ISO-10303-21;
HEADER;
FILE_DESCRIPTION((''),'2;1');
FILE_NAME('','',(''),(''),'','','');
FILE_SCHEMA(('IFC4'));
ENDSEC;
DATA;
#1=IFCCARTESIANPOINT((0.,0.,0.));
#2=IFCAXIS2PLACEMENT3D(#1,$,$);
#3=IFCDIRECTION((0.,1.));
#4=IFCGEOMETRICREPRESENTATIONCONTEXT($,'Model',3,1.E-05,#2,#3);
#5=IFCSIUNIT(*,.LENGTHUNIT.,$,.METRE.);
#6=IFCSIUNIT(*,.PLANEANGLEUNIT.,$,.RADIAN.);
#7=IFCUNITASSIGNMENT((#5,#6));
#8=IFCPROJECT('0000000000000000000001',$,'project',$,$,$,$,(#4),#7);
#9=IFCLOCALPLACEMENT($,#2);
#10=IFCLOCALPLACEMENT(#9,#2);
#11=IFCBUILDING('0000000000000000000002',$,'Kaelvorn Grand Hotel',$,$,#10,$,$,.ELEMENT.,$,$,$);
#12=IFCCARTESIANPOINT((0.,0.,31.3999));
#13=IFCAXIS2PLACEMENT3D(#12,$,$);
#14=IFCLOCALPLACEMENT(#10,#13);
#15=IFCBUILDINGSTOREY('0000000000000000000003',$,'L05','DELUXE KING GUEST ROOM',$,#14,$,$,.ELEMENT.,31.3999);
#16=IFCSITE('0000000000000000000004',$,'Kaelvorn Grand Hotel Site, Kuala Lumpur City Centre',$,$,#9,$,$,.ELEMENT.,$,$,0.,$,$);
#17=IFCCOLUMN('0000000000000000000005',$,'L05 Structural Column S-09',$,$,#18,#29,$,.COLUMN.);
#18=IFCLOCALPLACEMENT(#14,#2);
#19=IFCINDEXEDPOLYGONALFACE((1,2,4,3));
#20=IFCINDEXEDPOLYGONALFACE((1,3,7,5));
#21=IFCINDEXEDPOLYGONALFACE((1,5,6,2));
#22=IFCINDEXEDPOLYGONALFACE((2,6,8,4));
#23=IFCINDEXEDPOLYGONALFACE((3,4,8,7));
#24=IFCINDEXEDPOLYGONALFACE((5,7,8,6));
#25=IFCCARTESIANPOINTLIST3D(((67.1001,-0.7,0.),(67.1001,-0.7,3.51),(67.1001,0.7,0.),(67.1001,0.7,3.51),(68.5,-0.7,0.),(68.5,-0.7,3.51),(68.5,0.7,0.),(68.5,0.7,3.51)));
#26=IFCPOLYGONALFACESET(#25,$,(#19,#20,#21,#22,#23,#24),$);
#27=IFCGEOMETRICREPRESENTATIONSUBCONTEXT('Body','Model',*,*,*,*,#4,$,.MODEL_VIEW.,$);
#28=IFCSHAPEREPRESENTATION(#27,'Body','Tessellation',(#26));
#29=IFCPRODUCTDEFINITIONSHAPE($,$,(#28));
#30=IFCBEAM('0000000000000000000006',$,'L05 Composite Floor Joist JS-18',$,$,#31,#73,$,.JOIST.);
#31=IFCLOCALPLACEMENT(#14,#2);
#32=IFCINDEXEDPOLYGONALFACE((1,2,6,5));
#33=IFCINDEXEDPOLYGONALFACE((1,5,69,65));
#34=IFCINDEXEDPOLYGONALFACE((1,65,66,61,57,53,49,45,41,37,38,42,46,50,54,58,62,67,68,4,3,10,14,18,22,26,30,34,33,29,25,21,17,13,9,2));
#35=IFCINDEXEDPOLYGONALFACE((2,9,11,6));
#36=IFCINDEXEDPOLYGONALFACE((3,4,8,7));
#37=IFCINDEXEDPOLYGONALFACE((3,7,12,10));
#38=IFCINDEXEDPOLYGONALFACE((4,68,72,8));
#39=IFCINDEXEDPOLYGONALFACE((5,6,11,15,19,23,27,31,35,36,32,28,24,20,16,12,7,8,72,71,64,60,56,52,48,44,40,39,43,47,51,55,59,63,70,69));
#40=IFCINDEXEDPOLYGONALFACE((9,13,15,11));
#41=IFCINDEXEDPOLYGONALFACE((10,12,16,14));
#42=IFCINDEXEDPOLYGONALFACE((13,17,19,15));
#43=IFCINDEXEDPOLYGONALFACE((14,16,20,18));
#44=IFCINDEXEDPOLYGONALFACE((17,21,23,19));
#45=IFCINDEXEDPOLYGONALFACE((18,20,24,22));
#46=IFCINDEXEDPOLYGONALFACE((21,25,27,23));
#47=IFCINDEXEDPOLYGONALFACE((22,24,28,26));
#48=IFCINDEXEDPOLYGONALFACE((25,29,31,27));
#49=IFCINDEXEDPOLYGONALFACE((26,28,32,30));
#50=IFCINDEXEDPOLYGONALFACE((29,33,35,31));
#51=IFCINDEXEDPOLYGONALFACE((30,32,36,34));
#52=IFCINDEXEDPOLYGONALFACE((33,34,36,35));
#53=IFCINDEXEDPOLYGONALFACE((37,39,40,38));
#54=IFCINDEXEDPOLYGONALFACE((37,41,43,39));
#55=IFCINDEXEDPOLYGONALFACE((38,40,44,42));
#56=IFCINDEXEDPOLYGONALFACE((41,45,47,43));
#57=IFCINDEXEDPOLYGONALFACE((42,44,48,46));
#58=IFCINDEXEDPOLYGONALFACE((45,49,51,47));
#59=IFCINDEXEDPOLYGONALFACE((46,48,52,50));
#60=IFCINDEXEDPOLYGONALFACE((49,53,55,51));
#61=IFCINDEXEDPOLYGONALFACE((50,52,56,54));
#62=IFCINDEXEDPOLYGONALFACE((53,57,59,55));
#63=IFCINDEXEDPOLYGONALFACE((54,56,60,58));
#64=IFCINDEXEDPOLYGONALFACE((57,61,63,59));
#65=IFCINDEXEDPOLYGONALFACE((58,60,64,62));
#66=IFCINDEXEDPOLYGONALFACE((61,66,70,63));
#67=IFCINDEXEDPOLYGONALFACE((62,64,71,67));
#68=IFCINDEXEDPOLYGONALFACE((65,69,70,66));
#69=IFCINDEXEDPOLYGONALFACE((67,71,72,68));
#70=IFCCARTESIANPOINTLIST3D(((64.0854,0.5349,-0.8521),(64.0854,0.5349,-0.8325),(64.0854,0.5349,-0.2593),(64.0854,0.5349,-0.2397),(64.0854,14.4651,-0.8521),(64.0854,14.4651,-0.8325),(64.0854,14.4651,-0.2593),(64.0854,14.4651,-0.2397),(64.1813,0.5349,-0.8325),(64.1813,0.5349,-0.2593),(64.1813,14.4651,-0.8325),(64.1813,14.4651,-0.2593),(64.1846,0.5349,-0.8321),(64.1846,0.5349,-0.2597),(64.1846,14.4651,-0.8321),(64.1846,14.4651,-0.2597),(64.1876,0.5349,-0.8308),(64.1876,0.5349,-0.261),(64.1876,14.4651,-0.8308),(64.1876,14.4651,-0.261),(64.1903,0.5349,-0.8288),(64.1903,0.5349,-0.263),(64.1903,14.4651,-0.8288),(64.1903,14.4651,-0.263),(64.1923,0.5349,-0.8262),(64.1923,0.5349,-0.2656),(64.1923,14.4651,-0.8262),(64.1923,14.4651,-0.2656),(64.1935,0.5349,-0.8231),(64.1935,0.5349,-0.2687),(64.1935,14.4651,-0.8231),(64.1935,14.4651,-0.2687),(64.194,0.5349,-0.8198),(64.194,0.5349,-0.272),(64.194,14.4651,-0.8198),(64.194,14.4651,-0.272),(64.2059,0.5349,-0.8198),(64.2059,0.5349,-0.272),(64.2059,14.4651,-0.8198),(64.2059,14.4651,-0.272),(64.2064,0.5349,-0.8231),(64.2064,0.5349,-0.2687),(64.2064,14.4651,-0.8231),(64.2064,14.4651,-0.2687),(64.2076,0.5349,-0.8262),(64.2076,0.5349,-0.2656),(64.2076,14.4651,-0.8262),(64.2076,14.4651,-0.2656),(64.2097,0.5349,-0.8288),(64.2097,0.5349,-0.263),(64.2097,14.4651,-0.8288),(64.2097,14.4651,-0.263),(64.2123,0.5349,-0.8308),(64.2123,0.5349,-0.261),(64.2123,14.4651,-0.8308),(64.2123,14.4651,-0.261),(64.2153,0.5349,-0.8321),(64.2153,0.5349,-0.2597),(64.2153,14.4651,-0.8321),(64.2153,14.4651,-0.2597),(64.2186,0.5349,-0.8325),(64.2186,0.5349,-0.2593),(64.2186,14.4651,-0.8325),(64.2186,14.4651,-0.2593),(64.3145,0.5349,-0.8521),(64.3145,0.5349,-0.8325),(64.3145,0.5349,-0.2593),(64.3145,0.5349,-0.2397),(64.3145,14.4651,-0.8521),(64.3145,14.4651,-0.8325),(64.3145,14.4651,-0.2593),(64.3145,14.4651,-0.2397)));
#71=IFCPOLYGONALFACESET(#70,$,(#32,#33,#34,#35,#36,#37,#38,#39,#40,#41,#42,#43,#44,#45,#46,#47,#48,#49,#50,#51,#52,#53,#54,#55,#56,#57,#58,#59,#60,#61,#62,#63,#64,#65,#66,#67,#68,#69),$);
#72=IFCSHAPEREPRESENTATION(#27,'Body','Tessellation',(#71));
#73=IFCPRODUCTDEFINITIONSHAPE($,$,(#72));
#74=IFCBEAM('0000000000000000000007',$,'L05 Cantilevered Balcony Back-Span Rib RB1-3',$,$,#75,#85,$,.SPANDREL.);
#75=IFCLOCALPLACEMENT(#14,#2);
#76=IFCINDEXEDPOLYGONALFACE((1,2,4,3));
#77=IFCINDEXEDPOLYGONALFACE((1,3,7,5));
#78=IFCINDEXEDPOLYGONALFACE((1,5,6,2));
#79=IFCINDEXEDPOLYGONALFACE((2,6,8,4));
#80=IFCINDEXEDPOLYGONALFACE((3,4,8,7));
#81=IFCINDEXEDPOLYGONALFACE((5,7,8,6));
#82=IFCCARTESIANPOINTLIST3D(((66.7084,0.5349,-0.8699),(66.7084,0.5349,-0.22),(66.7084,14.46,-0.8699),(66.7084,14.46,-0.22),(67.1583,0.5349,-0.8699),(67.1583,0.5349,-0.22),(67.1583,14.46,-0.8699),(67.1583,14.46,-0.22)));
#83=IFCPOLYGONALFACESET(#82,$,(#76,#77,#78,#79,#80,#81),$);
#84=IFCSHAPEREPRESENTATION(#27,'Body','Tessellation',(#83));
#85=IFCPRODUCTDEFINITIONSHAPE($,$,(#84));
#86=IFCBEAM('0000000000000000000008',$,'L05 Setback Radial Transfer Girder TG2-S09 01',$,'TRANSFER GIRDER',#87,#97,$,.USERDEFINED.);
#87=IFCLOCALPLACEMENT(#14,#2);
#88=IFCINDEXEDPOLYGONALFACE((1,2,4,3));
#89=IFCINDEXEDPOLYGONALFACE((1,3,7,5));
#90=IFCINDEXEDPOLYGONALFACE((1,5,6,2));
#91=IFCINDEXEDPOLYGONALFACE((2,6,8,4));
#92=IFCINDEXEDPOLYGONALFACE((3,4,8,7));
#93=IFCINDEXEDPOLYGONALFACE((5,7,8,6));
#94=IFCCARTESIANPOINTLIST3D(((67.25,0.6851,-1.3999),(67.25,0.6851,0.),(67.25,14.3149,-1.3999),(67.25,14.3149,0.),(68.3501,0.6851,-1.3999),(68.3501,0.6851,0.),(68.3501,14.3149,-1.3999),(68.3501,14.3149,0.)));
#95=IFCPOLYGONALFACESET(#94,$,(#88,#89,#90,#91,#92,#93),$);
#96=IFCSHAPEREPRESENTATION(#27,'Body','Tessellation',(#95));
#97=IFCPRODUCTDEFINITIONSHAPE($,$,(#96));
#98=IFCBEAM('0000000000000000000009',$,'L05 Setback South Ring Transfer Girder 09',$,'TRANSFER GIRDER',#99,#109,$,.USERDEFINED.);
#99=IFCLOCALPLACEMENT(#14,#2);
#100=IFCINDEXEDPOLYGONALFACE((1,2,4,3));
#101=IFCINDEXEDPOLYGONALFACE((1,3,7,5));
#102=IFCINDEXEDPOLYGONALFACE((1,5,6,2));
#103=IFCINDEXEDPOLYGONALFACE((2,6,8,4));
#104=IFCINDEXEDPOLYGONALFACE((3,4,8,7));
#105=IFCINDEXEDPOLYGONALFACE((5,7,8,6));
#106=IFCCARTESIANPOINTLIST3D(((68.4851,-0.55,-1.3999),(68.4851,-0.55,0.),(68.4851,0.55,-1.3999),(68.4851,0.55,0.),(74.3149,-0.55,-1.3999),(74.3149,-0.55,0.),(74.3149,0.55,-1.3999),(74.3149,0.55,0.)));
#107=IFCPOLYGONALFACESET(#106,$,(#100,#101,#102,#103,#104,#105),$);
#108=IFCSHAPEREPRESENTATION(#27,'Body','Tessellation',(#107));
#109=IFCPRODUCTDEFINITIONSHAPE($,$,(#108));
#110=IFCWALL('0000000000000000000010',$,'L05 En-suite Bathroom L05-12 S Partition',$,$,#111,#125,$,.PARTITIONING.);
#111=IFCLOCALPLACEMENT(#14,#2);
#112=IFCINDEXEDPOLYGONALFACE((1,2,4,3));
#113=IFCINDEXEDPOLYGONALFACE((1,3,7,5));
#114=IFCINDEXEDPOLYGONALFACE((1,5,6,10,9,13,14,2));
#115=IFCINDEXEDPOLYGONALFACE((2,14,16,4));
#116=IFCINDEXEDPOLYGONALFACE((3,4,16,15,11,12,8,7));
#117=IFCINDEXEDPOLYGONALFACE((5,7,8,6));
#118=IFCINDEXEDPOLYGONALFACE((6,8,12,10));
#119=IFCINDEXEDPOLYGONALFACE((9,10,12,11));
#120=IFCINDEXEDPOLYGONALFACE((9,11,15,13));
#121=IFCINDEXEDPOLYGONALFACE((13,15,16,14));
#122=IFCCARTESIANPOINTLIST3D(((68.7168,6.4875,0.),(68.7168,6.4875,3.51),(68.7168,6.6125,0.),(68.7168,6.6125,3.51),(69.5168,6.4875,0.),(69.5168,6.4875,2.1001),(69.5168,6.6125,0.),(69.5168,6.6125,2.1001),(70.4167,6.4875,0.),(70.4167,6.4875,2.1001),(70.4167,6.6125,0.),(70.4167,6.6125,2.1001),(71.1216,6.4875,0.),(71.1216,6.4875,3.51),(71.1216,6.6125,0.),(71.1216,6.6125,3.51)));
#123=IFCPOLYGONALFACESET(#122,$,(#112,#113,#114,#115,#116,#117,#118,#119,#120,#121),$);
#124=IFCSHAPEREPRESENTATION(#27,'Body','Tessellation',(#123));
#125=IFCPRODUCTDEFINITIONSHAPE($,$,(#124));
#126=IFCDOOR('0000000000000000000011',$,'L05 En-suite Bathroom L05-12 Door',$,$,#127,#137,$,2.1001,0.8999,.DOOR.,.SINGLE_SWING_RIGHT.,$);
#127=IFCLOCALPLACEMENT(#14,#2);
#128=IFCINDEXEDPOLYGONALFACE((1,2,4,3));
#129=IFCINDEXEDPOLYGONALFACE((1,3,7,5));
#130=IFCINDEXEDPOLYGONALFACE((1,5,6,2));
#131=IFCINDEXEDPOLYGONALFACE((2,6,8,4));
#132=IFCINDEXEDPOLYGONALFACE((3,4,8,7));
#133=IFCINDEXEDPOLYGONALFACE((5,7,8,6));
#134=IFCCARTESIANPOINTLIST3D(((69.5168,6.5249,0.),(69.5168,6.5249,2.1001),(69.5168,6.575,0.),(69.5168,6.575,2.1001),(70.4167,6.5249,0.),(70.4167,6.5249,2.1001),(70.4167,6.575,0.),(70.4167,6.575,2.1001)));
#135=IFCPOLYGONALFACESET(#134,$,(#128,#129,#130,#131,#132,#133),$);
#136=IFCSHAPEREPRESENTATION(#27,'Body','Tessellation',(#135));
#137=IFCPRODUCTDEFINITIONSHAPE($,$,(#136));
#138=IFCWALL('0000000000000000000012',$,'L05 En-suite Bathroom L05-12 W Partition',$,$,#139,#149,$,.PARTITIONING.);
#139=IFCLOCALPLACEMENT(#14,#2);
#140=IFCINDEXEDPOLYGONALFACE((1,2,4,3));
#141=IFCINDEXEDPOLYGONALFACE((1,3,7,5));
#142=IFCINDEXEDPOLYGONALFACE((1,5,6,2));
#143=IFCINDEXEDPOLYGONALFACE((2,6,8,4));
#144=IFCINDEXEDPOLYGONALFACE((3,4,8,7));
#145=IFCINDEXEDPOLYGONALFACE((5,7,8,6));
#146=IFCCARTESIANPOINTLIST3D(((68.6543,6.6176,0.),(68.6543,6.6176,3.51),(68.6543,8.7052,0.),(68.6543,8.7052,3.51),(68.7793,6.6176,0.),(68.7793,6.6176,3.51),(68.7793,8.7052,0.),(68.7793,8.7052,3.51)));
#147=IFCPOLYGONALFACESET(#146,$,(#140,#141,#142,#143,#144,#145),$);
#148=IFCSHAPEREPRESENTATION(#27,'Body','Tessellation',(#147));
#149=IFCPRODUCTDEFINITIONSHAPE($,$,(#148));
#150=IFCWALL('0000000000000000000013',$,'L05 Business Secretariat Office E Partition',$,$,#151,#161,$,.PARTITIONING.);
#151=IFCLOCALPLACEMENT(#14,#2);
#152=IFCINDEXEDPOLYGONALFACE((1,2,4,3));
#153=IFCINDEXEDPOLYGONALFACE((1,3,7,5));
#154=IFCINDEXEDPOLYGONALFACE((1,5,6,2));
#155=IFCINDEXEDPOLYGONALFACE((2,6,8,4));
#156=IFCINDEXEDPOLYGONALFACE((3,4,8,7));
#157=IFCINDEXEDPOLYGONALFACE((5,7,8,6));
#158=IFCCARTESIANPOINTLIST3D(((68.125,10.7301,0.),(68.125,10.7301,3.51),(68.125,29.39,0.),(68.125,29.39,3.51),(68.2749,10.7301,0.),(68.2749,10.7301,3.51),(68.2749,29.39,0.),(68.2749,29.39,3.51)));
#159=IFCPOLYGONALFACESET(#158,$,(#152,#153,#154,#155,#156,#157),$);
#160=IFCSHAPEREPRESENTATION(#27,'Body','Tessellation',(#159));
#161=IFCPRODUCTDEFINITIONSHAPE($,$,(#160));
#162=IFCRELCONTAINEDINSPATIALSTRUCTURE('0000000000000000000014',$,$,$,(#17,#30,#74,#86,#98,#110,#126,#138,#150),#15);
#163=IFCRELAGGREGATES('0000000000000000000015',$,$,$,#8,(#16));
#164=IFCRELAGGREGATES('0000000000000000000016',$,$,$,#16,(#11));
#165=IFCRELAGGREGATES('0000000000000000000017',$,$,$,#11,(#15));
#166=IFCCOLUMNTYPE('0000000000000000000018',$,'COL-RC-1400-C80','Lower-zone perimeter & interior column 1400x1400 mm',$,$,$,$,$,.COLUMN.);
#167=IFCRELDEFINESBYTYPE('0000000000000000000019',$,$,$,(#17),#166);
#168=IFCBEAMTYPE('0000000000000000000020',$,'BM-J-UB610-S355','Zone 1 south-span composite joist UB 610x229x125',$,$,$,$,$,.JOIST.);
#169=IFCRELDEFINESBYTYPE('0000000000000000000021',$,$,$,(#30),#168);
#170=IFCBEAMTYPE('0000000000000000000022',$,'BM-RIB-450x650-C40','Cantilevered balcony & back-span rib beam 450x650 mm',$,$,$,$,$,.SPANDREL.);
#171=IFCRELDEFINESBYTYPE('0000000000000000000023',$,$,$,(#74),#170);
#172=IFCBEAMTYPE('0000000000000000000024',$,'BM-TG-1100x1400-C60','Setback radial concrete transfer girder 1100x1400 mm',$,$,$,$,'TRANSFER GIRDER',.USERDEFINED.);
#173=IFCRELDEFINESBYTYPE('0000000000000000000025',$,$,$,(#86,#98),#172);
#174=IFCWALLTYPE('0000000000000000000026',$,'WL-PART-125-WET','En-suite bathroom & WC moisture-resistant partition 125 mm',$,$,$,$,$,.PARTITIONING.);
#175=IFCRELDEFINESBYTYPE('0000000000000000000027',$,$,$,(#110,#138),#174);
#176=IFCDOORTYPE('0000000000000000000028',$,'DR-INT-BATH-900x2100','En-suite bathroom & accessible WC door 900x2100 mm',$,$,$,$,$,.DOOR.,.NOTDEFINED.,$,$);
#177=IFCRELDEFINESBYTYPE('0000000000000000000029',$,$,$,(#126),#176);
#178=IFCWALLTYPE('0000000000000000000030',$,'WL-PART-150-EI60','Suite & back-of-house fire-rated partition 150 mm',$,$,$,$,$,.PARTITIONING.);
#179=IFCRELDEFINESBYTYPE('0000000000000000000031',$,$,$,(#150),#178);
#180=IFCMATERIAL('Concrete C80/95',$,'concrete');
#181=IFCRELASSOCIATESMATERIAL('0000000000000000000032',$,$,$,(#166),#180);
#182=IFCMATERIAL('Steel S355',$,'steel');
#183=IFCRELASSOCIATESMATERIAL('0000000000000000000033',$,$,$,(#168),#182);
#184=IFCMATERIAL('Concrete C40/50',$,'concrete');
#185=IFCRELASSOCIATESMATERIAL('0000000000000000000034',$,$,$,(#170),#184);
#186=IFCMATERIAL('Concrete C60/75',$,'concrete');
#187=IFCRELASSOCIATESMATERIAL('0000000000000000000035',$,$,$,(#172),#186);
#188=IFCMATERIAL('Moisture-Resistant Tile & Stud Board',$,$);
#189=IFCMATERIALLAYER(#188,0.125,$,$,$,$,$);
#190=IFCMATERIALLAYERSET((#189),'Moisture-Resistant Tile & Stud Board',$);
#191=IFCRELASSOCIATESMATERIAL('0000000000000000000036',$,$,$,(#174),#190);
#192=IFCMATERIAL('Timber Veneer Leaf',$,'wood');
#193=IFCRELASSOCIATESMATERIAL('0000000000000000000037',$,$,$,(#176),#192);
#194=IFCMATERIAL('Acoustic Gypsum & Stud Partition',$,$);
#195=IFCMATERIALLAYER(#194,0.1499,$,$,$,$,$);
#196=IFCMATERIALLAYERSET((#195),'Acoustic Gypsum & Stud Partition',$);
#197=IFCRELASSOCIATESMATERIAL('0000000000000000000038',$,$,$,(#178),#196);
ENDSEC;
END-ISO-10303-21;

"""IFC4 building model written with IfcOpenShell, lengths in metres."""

from ifc_helpers import new_model, si_unit, direction, frame, frame_2d, origin, origin_2d, place, context, subcontext, project, spatial, rectangle, i_section, extrude, material, layer, layer_set, material_profile, profile_set, type_object, element, fill, save


model = new_model("IFC4")

# Units and contexts
model_context = context("Model", 3, precision=1e-05, world=origin(), true_north=direction((0.0, 1.0)))
body_context = subcontext(model_context, "Body", "Model", "MODEL_VIEW")
ifc_project = project(units=[si_unit("LENGTHUNIT", "METRE"), si_unit("PLANEANGLEUNIT", "RADIAN")], contexts=[model_context])

# Site, building, storey
site_placement = place(None, origin())
site = spatial("IfcSite", under=ifc_project, at=site_placement, Name="Kaelvorn Grand Hotel Site, Kuala Lumpur City Centre", CompositionType="ELEMENT", RefElevation=0.0)
building_placement = place(site_placement, origin())
building = spatial("IfcBuilding", under=site, at=building_placement, Name="Kaelvorn Grand Hotel", CompositionType="ELEMENT")
storey_placement = place(building_placement, frame((0.0, 0.0, 31.3999)))
storey = spatial("IfcBuildingStorey", under=building, at=storey_placement, Name="L05", Description="DELUXE KING GUEST ROOM", CompositionType="ELEMENT", Elevation=31.3999)

# Column
ifc_material_1 = material(Name="Concrete C80/95", Category="concrete")
ifc_material_profile_1 = material_profile(ifc_material_1, rectangle(XDim=1.3999, YDim=1.3999, at=origin_2d()), Name="RC COL 1400x1400")
ifc_profile_set_1 = profile_set([ifc_material_profile_1], Name="Concrete C80/95")
column_type = type_object("IfcColumnType", Name="COL-RC-1400-C80", Description="Lower-zone perimeter & interior column 1400x1400 mm", PredefinedType="COLUMN", material=ifc_profile_set_1)
column_placement = place(storey_placement, frame((67.8, 0.0, 0.0), z_axis=(0.0, 0.0, 1.0), x_axis=(1.0, 0.0, 0.0)))
element("IfcColumn", 1, at=column_placement, inside=storey, type_object=column_type, Name="L05 Structural Column S-09", PredefinedType="COLUMN", context=body_context, shape_type="SweptSolid", body=[
    extrude(rectangle(XDim=1.3999, YDim=1.3999, at=origin_2d()), origin(), (0.0, 0.0, 1.0), 3.51),
])

# Beams
ifc_material_2 = material(Name="Steel S355", Category="steel")
ifc_material_profile_2 = material_profile(ifc_material_2, i_section(OverallWidth=0.229, OverallDepth=0.6123, WebThickness=0.012, FlangeThickness=0.0195, FilletRadius=0.0127, at=origin_2d()), Name="UB 610x229x125")
ifc_profile_set_2 = profile_set([ifc_material_profile_2], Name="Steel S355")
beam_type_1 = type_object("IfcBeamType", Name="BM-J-UB610-S355", Description="Zone 1 south-span composite joist UB 610x229x125", PredefinedType="JOIST", material=ifc_profile_set_2)
beam_1_placement = place(storey_placement, frame((64.2, 0.5349, -0.5459), z_axis=(0.0, 1.0, 0.0), x_axis=(-1.0, 0.0, 0.0)))
element("IfcBeam", 2, at=beam_1_placement, inside=storey, type_object=beam_type_1, Name="L05 Composite Floor Joist JS-18", PredefinedType="JOIST", context=body_context, shape_type="SweptSolid", body=[
    extrude(i_section(OverallWidth=0.229, OverallDepth=0.6123, WebThickness=0.012, FlangeThickness=0.0195, FilletRadius=0.0127, at=origin_2d()), origin(), (0.0, 0.0, 1.0), 13.9302),
])
ifc_material_3 = material(Name="Concrete C40/50", Category="concrete")
ifc_material_profile_3 = material_profile(ifc_material_3, rectangle(XDim=0.45, YDim=0.6499, at=origin_2d()), Name="RC RIB 450x650")
ifc_profile_set_3 = profile_set([ifc_material_profile_3], Name="Concrete C40/50")
beam_type_2 = type_object("IfcBeamType", Name="BM-RIB-450x650-C40", Description="Cantilevered balcony & back-span rib beam 450x650 mm", PredefinedType="SPANDREL", material=ifc_profile_set_3)
beam_2_placement = place(storey_placement, frame((66.9333, 0.5349, -0.5449), z_axis=(0.0, 1.0, 0.0), x_axis=(-1.0, 0.0, 0.0)))
element("IfcBeam", 3, at=beam_2_placement, inside=storey, type_object=beam_type_2, Name="L05 Cantilevered Balcony Back-Span Rib RB1-3", PredefinedType="SPANDREL", context=body_context, shape_type="SweptSolid", body=[
    extrude(rectangle(XDim=0.45, YDim=0.6499, at=origin_2d()), origin(), (0.0, 0.0, 1.0), 13.925),
])
ifc_material_4 = material(Name="Concrete C60/75", Category="concrete")
ifc_material_profile_4 = material_profile(ifc_material_4, rectangle(XDim=1.1001, YDim=1.3999, at=origin_2d()), Name="RC TG 1100x1400")
ifc_profile_set_4 = profile_set([ifc_material_profile_4], Name="Concrete C60/75")
beam_type_3 = type_object("IfcBeamType", Name="BM-TG-1100x1400-C60", Description="Setback radial concrete transfer girder 1100x1400 mm", ElementType="TRANSFER GIRDER", PredefinedType="USERDEFINED", material=ifc_profile_set_4)
beam_3_placement = place(storey_placement, frame((67.8, 0.6851, -0.7), z_axis=(0.0, 1.0, 0.0), x_axis=(-1.0, 0.0, 0.0)))
element("IfcBeam", 4, at=beam_3_placement, inside=storey, type_object=beam_type_3, Name="L05 Setback Radial Transfer Girder TG2-S09 01", ObjectType="TRANSFER GIRDER", PredefinedType="USERDEFINED", context=body_context, shape_type="SweptSolid", body=[
    extrude(rectangle(XDim=1.1001, YDim=1.3999, at=origin_2d()), origin(), (0.0, 0.0, 1.0), 13.6299),
])
beam_4_placement = place(storey_placement, frame((68.4851, 0.0, -0.7), z_axis=(1.0, 0.0, 0.0), x_axis=(0.0, 1.0, 0.0)))
element("IfcBeam", 5, at=beam_4_placement, inside=storey, type_object=beam_type_3, Name="L05 Setback South Ring Transfer Girder 09", ObjectType="TRANSFER GIRDER", PredefinedType="USERDEFINED", context=body_context, shape_type="SweptSolid", body=[
    extrude(rectangle(XDim=1.1001, YDim=1.3999, at=origin_2d()), origin(), (0.0, 0.0, 1.0), 5.8298),
])

# Wall, opening, door
ifc_material_5 = material(Name="Moisture-Resistant Tile & Stud Board")
ifc_layer_1 = layer(ifc_material_5, 0.125)
ifc_layer_set_1 = layer_set([ifc_layer_1], Name="Moisture-Resistant Tile & Stud Board")
wall_type_1 = type_object("IfcWallType", Name="WL-PART-125-WET", Description="En-suite bathroom & WC moisture-resistant partition 125 mm", PredefinedType="PARTITIONING", material=ifc_layer_set_1)
wall_1_placement = place(storey_placement, frame((68.7168, 6.55, 0.0), z_axis=(0.0, 0.0, 1.0), x_axis=(1.0, 0.0, 0.0)))
wall_1 = element("IfcWall", 6, at=wall_1_placement, inside=storey, type_object=wall_type_1, Name="L05 En-suite Bathroom L05-12 S Partition", PredefinedType="PARTITIONING", context=body_context, shape_type="SweptSolid", body=[
    extrude(rectangle(XDim=2.4048, YDim=0.125, at=frame_2d((1.2024, 0.0))), origin(), (0.0, 0.0, 1.0), 3.51),
])
opening_1_placement = place(wall_1_placement, frame((0.8, 0.0, 0.0)))
opening_1 = element("IfcOpeningElement", 7, at=opening_1_placement, cuts=wall_1, PredefinedType="OPENING", context=body_context, shape_type="SweptSolid", body=[
    extrude(rectangle(XDim=0.8999, YDim=2.1001, at=frame_2d((0.45, 1.05))), frame((0.0, 0.0725, 0.0), z_axis=(0.0, -1.0, 0.0), x_axis=(1.0, 0.0, 0.0)), (0.0, 0.0, 1.0), 0.145),
])
ifc_material_6 = material(Name="Timber Veneer Leaf", Category="wood")
door_type_1 = type_object("IfcDoorType", Name="DR-INT-BATH-900x2100", Description="En-suite bathroom & accessible WC door 900x2100 mm", OperationType="NOTDEFINED", PredefinedType="DOOR", material=ifc_material_6)
door_1_placement = place(opening_1_placement, origin())
door_1 = element("IfcDoor", 8, at=door_1_placement, inside=storey, type_object=door_type_1, Name="L05 En-suite Bathroom L05-12 Door", OperationType="SINGLE_SWING_RIGHT", OverallHeight=2.1001, OverallWidth=0.8999, PredefinedType="DOOR", context=body_context, shape_type="SweptSolid", body=[
    extrude(rectangle(XDim=0.8999, YDim=2.1001, at=frame_2d((0.45, 1.05))), frame((0.0, 0.0249, 0.0), z_axis=(0.0, -1.0, 0.0), x_axis=(1.0, 0.0, 0.0)), (0.0, 0.0, 1.0), 0.05),
])
fill(opening_1, door_1)

# Walls
wall_2_placement = place(storey_placement, frame((68.7168, 6.6174, 0.0), z_axis=(0.0, 0.0, 1.0), x_axis=(0.0, 1.0, 0.0)))
element("IfcWall", 9, at=wall_2_placement, inside=storey, type_object=wall_type_1, Name="L05 En-suite Bathroom L05-12 W Partition", PredefinedType="PARTITIONING", context=body_context, shape_type="SweptSolid", body=[
    extrude(rectangle(XDim=2.0876, YDim=0.125, at=frame_2d((1.0439, 0.0))), origin(), (0.0, 0.0, 1.0), 3.51),
])
ifc_material_7 = material(Name="Acoustic Gypsum & Stud Partition")
ifc_layer_2 = layer(ifc_material_7, 0.1499)
ifc_layer_set_2 = layer_set([ifc_layer_2], Name="Acoustic Gypsum & Stud Partition")
wall_type_2 = type_object("IfcWallType", Name="WL-PART-150-EI60", Description="Suite & back-of-house fire-rated partition 150 mm", PredefinedType="PARTITIONING", material=ifc_layer_set_2)
wall_3_placement = place(storey_placement, frame((68.2, 10.73, 0.0), z_axis=(0.0, 0.0, 1.0), x_axis=(0.0, 1.0, 0.0)))
element("IfcWall", 10, at=wall_3_placement, inside=storey, type_object=wall_type_2, Name="L05 Business Secretariat Office E Partition", PredefinedType="PARTITIONING", context=body_context, shape_type="SweptSolid", body=[
    extrude(rectangle(XDim=18.6599, YDim=0.1499, at=frame_2d((9.3301, 0.0))), origin(), (0.0, 0.0, 1.0), 3.51),
])

save(model, "model.ifc")
